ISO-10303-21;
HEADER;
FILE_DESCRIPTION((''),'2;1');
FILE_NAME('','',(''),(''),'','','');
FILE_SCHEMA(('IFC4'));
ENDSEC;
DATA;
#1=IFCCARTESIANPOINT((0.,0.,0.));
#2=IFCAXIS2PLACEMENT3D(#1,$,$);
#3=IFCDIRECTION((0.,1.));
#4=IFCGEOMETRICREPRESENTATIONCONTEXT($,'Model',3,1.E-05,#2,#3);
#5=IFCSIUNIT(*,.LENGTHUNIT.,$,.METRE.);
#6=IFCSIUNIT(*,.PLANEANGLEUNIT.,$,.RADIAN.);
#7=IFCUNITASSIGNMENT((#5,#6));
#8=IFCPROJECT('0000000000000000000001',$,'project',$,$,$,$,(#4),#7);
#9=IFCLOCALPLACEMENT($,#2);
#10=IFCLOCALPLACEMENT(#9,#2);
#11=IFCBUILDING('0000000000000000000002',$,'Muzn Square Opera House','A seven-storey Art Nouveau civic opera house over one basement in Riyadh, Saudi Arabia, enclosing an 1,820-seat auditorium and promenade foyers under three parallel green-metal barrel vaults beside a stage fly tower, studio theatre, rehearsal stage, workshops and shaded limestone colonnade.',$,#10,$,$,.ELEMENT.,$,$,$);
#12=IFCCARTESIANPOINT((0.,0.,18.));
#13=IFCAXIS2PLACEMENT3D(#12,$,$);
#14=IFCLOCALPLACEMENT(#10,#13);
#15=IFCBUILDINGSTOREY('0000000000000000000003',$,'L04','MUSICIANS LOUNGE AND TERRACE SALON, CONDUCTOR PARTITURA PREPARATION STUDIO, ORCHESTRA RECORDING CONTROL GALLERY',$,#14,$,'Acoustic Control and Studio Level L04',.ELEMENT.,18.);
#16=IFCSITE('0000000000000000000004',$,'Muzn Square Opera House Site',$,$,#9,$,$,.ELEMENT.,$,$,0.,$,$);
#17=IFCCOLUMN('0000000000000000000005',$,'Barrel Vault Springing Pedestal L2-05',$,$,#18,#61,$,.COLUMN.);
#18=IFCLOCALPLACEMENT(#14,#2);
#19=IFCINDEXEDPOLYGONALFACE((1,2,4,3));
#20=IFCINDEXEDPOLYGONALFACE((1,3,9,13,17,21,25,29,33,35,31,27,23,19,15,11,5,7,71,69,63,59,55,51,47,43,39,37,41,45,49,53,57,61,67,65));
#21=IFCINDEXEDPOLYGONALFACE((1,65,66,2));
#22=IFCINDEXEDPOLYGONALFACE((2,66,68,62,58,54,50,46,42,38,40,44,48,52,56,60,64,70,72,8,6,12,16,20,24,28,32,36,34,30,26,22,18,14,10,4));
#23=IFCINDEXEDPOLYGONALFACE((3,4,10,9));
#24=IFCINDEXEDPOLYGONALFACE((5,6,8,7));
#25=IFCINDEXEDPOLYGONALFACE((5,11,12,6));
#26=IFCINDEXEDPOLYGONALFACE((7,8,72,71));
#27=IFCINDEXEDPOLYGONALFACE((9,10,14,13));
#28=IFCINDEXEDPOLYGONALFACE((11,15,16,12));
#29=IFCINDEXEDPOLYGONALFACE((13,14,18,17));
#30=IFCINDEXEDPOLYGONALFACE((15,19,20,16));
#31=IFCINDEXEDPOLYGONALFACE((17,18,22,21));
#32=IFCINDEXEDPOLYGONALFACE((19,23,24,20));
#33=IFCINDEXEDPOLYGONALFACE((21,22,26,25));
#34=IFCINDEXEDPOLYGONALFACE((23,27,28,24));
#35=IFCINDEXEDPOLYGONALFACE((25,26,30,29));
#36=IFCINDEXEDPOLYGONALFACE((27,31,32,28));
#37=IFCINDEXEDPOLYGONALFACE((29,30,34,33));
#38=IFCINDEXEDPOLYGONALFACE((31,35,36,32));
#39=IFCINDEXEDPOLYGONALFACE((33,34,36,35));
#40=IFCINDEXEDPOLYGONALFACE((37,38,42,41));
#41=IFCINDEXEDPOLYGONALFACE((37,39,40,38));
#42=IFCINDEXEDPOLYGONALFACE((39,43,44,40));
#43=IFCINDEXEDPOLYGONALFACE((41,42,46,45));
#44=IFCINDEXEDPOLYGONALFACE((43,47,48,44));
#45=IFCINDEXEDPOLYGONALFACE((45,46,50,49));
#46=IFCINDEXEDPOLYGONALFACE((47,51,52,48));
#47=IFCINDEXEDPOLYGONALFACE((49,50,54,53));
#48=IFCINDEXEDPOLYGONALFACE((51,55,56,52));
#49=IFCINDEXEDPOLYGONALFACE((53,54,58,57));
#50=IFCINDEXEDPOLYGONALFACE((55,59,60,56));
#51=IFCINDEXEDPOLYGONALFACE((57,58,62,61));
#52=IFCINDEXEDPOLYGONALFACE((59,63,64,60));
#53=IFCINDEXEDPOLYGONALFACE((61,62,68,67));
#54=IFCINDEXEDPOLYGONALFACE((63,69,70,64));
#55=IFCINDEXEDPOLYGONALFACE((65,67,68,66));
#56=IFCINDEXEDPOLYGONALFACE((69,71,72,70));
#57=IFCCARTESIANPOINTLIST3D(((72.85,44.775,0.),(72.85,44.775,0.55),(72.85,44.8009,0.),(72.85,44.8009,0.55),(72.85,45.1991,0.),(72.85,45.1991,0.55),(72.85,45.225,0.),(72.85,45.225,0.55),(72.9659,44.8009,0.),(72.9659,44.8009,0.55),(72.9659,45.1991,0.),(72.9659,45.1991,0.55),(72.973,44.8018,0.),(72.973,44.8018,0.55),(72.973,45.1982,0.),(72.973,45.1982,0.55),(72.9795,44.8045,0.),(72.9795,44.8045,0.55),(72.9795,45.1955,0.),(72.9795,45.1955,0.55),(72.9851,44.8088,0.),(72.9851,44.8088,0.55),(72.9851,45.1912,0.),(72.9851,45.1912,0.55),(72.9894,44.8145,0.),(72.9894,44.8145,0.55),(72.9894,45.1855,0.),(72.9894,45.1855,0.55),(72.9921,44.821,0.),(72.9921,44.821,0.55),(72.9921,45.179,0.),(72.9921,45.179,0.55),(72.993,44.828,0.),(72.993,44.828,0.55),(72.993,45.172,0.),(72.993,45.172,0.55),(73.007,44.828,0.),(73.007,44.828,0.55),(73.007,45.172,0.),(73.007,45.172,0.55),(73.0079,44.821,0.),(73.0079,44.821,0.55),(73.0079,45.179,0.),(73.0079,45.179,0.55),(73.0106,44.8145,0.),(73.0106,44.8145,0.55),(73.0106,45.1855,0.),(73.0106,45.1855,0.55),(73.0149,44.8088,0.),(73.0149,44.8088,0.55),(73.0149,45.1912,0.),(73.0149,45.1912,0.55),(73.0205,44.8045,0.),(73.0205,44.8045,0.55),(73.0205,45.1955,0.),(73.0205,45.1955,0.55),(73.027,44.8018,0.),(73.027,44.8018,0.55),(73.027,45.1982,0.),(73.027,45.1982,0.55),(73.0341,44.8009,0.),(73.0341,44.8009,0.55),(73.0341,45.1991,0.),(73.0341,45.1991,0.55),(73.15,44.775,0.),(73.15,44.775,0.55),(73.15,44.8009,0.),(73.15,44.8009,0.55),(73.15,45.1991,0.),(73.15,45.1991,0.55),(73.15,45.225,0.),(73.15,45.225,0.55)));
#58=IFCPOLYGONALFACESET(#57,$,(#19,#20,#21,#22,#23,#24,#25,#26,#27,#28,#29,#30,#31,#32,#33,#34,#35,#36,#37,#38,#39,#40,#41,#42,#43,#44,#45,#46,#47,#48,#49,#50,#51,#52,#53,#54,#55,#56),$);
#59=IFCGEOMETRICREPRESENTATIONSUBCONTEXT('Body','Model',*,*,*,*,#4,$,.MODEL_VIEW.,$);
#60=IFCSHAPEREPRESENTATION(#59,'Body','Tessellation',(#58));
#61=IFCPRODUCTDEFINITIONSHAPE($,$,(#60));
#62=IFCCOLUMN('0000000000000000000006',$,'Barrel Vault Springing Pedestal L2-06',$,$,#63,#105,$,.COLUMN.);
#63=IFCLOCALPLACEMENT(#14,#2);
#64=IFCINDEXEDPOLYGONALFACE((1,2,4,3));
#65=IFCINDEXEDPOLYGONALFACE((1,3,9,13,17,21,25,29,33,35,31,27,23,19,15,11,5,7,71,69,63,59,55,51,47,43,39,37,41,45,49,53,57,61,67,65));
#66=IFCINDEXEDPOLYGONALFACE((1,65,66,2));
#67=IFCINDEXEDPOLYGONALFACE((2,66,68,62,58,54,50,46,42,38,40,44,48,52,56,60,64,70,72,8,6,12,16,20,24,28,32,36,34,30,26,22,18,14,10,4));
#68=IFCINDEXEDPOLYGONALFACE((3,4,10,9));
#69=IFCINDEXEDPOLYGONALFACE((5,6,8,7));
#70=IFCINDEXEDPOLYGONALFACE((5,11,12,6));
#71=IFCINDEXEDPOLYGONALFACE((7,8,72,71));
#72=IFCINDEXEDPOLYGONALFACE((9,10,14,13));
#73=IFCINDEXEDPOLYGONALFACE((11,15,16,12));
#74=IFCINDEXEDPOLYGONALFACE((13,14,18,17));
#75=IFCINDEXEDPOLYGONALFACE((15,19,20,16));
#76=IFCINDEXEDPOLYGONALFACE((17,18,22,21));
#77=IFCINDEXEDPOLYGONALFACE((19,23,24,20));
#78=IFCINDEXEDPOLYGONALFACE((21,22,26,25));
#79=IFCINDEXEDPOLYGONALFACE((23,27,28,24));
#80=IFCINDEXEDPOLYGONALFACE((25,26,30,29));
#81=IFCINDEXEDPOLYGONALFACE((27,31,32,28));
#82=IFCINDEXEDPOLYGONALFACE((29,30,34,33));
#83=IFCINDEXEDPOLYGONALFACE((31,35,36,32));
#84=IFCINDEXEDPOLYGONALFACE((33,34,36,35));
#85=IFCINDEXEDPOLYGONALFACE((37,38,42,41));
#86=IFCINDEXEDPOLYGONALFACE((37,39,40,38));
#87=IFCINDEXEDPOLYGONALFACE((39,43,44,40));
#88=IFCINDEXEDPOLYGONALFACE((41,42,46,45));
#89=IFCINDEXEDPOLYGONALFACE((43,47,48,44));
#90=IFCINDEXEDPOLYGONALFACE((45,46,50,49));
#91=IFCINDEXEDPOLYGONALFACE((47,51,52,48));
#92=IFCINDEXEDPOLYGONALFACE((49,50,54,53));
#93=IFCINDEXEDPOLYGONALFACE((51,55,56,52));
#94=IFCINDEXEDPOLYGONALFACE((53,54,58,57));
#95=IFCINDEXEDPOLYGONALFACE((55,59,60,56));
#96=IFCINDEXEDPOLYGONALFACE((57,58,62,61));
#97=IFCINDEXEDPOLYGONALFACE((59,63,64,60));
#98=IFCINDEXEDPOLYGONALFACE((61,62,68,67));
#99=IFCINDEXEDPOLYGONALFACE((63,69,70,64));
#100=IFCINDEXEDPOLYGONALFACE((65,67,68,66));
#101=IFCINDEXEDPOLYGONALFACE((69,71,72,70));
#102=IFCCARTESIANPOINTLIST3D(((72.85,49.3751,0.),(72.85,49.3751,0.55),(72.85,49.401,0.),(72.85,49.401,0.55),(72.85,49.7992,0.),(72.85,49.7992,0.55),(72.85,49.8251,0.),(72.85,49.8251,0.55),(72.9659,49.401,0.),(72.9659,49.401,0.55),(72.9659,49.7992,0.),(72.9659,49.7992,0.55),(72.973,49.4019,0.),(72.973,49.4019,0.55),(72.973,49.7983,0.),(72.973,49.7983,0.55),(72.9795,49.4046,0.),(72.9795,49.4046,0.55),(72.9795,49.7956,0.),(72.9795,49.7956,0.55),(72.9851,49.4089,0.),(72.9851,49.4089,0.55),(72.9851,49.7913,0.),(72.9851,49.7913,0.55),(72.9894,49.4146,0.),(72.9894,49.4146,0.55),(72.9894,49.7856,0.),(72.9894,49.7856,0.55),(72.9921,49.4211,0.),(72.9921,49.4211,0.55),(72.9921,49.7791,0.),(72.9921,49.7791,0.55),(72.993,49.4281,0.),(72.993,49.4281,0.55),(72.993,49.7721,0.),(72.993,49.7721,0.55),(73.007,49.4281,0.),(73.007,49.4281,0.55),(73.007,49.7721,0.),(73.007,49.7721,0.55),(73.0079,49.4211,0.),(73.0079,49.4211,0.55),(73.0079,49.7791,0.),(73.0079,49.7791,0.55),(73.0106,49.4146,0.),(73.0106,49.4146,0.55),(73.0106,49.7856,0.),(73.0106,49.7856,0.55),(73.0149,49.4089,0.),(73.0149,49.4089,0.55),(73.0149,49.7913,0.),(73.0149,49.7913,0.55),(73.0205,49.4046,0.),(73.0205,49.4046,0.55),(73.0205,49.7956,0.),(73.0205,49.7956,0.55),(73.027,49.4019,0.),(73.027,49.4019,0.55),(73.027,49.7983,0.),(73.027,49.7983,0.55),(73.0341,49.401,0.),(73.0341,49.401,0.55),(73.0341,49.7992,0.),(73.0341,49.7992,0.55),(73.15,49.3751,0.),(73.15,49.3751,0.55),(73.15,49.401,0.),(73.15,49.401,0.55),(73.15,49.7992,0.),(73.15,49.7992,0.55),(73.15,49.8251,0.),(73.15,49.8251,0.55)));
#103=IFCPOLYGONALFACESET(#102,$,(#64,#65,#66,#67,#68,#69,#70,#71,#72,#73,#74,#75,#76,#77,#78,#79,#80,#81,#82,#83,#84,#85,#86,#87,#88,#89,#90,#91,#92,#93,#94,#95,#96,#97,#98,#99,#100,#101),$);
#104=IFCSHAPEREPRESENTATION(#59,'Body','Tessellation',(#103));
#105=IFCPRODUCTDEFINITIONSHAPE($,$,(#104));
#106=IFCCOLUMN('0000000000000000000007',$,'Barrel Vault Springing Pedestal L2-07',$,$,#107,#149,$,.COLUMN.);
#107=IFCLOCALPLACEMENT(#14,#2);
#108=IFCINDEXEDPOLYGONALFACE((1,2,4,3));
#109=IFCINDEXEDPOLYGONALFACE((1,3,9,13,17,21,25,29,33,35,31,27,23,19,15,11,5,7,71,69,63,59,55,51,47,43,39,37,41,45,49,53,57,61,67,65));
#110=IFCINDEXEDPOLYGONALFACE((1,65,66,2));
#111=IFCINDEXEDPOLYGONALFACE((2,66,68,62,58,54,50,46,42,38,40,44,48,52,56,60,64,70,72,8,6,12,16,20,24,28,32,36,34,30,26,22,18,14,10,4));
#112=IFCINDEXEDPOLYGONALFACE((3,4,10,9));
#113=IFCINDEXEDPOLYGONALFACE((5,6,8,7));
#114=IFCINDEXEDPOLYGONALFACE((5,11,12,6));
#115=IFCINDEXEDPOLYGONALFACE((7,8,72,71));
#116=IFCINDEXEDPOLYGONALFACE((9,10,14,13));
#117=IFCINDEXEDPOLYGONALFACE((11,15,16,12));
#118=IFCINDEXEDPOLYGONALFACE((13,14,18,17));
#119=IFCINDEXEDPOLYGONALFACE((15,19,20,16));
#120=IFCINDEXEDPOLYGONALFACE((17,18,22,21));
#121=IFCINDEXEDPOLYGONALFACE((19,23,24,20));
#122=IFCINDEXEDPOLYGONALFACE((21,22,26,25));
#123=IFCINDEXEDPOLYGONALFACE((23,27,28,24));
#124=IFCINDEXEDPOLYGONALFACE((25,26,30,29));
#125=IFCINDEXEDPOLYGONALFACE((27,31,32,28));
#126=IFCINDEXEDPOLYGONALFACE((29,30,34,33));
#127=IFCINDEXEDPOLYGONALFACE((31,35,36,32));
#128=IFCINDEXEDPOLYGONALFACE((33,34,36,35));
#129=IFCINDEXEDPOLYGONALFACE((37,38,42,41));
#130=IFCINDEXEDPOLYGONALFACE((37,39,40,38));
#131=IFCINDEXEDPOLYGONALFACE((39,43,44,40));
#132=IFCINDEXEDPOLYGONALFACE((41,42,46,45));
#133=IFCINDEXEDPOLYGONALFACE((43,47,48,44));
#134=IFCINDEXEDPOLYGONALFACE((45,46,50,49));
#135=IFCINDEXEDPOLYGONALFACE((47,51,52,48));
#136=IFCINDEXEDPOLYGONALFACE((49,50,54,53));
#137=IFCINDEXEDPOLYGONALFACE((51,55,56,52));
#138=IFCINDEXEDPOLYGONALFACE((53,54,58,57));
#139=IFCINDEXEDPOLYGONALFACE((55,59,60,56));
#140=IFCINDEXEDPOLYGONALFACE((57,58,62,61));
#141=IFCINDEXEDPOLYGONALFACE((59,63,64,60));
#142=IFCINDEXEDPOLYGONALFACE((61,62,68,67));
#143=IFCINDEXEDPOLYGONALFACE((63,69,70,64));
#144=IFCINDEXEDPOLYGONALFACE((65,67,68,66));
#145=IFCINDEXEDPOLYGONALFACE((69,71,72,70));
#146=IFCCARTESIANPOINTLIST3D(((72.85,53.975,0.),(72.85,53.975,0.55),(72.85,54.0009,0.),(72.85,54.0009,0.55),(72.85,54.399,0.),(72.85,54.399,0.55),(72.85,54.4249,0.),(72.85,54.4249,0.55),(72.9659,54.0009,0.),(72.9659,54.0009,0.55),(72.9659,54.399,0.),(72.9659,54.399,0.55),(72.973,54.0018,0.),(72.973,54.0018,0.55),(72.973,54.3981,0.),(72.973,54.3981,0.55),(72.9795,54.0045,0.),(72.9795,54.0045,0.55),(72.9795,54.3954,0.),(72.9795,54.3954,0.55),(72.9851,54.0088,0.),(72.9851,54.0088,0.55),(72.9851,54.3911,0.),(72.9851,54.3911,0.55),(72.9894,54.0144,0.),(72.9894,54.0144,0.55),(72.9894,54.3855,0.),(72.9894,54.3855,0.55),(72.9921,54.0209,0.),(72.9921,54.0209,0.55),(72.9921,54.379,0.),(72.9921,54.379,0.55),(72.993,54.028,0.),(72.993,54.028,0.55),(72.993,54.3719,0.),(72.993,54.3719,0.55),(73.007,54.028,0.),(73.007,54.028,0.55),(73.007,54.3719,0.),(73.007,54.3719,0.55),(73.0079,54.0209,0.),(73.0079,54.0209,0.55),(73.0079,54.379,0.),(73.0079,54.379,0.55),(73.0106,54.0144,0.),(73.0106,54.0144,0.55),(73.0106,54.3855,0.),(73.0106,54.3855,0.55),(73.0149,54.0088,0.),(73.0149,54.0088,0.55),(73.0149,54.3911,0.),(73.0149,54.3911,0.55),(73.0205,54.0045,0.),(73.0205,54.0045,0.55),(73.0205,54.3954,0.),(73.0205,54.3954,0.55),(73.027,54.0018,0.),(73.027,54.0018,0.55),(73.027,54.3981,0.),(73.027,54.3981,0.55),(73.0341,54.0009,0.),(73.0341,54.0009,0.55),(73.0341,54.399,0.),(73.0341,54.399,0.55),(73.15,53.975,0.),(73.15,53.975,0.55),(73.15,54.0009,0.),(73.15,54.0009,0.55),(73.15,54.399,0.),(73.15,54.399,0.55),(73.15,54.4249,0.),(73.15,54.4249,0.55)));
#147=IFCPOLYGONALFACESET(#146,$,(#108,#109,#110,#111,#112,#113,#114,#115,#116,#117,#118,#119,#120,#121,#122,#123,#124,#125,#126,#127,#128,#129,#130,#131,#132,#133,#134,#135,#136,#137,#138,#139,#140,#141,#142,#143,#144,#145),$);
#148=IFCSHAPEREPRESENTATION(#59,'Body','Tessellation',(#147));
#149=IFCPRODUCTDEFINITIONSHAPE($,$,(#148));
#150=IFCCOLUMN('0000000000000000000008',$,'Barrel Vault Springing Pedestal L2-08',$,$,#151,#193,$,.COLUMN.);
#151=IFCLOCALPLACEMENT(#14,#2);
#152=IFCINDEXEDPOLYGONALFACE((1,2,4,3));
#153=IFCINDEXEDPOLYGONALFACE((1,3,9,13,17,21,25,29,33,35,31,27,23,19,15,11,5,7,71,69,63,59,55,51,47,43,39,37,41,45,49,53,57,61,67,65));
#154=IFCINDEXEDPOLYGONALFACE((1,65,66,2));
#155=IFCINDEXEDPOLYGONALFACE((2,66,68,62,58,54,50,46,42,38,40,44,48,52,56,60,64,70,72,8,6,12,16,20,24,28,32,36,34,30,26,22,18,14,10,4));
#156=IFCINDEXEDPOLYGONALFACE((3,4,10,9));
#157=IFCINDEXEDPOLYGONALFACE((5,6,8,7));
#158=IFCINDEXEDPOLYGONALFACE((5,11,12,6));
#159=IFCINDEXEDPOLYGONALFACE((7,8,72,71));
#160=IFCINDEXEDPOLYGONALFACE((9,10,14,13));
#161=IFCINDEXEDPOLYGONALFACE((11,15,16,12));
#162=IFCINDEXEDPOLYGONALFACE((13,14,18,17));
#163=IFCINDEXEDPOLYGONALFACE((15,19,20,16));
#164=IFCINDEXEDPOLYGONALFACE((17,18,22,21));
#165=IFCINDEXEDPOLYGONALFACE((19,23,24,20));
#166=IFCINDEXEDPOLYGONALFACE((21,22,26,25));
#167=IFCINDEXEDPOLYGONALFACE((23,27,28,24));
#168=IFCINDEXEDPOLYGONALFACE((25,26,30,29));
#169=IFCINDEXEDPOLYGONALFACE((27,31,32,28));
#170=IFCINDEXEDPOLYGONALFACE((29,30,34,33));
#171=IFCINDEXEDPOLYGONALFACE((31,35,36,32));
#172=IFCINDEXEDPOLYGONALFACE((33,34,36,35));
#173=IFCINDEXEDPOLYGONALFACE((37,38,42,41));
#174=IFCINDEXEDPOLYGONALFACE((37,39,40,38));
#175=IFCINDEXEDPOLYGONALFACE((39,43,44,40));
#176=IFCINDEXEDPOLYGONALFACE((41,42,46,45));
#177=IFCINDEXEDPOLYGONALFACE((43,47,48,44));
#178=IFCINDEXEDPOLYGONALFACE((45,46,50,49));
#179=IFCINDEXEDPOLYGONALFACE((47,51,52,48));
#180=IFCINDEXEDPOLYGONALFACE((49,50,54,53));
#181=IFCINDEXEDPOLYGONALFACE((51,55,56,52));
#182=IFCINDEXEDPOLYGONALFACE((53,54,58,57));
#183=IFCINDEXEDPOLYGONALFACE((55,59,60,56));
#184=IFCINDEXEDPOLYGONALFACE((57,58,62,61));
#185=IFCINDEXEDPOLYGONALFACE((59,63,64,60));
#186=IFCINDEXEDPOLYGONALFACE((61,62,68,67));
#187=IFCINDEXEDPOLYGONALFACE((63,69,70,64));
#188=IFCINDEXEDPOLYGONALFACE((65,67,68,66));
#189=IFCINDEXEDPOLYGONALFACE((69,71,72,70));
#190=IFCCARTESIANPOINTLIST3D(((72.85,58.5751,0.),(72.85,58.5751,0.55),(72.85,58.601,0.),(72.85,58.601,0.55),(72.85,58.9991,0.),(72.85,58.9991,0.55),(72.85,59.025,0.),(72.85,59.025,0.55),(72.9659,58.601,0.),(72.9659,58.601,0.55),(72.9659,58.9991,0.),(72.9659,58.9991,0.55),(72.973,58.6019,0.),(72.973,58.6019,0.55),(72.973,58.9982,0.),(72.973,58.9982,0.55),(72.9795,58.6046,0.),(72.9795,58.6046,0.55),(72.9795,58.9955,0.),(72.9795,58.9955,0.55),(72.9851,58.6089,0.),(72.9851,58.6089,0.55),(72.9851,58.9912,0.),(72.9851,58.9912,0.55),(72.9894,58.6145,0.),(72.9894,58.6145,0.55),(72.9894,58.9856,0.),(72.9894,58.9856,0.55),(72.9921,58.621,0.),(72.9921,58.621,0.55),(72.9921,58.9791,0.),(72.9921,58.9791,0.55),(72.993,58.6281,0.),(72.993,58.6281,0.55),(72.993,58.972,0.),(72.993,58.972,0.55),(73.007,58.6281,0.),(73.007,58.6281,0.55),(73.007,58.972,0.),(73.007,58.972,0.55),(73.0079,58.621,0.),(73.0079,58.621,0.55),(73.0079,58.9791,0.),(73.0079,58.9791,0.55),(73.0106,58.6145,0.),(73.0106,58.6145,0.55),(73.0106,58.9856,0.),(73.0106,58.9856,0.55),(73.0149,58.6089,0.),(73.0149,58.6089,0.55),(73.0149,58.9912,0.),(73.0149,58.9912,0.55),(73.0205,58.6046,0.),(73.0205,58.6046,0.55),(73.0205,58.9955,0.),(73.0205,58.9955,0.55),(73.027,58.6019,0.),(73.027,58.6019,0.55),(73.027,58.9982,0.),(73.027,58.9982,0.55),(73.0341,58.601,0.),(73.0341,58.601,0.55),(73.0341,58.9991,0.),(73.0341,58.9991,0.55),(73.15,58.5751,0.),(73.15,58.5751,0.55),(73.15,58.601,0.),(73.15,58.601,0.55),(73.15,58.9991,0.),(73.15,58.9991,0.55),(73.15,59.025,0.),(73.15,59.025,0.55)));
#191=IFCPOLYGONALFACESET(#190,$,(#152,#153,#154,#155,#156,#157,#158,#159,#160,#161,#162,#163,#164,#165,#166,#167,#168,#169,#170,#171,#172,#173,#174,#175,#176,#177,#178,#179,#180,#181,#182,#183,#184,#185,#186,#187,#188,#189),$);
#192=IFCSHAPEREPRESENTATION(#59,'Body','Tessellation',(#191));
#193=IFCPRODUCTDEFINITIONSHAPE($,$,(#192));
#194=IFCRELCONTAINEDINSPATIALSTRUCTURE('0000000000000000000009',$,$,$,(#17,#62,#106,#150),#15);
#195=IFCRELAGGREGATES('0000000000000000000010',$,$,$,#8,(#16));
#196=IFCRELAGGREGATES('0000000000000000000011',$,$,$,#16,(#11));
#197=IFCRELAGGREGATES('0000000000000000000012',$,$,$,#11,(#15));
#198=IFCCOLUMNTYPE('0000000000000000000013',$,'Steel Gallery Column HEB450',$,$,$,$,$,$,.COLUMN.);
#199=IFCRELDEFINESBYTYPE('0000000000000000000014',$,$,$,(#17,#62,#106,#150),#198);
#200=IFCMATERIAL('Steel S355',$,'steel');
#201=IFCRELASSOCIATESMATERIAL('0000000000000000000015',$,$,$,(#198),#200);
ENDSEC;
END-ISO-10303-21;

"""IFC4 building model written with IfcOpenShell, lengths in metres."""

from ifc_helpers import new_model, si_unit, direction, frame, origin, origin_2d, place, context, subcontext, project, spatial, i_section, extrude, material, material_profile, profile_set, type_object, element, save


model = new_model("IFC4")

# Units and contexts
model_context = context("Model", 3, precision=1e-05, world=origin(), true_north=direction((0.0, 1.0)))
body_context = subcontext(model_context, "Body", "Model", "MODEL_VIEW")
ifc_project = project(units=[si_unit("LENGTHUNIT", "METRE"), si_unit("PLANEANGLEUNIT", "RADIAN")], contexts=[model_context])

# Site, building, storey
site_placement = place(None, origin())
site = spatial("IfcSite", under=ifc_project, at=site_placement, Name="Muzn Square Opera House Site", CompositionType="ELEMENT", RefElevation=0.0)
building_placement = place(site_placement, origin())
building = spatial("IfcBuilding", under=site, at=building_placement, Name="Muzn Square Opera House", Description="A seven-storey Art Nouveau civic opera house over one basement in Riyadh, Saudi Arabia, enclosing an 1,820-seat auditorium and promenade foyers under three parallel green-metal barrel vaults beside a stage fly tower, studio theatre, rehearsal stage, workshops and shaded limestone colonnade.", CompositionType="ELEMENT")
storey_placement = place(building_placement, frame((0.0, 0.0, 18.0)))
storey = spatial("IfcBuildingStorey", under=building, at=storey_placement, Name="L04", Description="MUSICIANS LOUNGE AND TERRACE SALON, CONDUCTOR PARTITURA PREPARATION STUDIO, ORCHESTRA RECORDING CONTROL GALLERY", LongName="Acoustic Control and Studio Level L04", CompositionType="ELEMENT", Elevation=18.0)

# Columns
ifc_material = material(Name="Steel S355", Category="steel")
ifc_material_profile_1 = material_profile(ifc_material, i_section(OverallWidth=0.3, OverallDepth=0.45, WebThickness=0.0139, FlangeThickness=0.0259, FilletRadius=0.0271, at=origin_2d()), Name="HEB 450", Category="steel")
ifc_profile_set_1 = profile_set([ifc_material_profile_1], Name="Steel S355")
column_type = type_object("IfcColumnType", Name="Steel Gallery Column HEB450", PredefinedType="COLUMN", material=ifc_profile_set_1)
for number, where, z_axis, x_axis, name in (
    (1, (73.0, 45.0, 0.0), (0.0, 0.0, 1.0), (1.0, 0.0, 0.0), "Barrel Vault Springing Pedestal L2-05"),
    (2, (73.0, 49.6001, 0.0), (0.0, 0.0, 1.0), (1.0, 0.0, 0.0), "Barrel Vault Springing Pedestal L2-06"),
    (3, (73.0, 54.2, 0.0), (0.0, 0.0, 1.0), (1.0, 0.0, 0.0), "Barrel Vault Springing Pedestal L2-07"),
    (4, (73.0, 58.8, 0.0), (0.0, 0.0, 1.0), (1.0, 0.0, 0.0), "Barrel Vault Springing Pedestal L2-08"),
):
    element("IfcColumn", number, at=place(storey_placement, frame(where, z_axis=z_axis, x_axis=x_axis)), inside=storey, type_object=column_type, Name=name, PredefinedType="COLUMN", context=body_context, shape_type="SweptSolid", body=[
        extrude(i_section(OverallWidth=0.3, OverallDepth=0.45, WebThickness=0.0139, FlangeThickness=0.0259, FilletRadius=0.0271, at=origin_2d()), origin(), (0.0, 0.0, 1.0), 0.55),
    ])

save(model, "model.ifc")
